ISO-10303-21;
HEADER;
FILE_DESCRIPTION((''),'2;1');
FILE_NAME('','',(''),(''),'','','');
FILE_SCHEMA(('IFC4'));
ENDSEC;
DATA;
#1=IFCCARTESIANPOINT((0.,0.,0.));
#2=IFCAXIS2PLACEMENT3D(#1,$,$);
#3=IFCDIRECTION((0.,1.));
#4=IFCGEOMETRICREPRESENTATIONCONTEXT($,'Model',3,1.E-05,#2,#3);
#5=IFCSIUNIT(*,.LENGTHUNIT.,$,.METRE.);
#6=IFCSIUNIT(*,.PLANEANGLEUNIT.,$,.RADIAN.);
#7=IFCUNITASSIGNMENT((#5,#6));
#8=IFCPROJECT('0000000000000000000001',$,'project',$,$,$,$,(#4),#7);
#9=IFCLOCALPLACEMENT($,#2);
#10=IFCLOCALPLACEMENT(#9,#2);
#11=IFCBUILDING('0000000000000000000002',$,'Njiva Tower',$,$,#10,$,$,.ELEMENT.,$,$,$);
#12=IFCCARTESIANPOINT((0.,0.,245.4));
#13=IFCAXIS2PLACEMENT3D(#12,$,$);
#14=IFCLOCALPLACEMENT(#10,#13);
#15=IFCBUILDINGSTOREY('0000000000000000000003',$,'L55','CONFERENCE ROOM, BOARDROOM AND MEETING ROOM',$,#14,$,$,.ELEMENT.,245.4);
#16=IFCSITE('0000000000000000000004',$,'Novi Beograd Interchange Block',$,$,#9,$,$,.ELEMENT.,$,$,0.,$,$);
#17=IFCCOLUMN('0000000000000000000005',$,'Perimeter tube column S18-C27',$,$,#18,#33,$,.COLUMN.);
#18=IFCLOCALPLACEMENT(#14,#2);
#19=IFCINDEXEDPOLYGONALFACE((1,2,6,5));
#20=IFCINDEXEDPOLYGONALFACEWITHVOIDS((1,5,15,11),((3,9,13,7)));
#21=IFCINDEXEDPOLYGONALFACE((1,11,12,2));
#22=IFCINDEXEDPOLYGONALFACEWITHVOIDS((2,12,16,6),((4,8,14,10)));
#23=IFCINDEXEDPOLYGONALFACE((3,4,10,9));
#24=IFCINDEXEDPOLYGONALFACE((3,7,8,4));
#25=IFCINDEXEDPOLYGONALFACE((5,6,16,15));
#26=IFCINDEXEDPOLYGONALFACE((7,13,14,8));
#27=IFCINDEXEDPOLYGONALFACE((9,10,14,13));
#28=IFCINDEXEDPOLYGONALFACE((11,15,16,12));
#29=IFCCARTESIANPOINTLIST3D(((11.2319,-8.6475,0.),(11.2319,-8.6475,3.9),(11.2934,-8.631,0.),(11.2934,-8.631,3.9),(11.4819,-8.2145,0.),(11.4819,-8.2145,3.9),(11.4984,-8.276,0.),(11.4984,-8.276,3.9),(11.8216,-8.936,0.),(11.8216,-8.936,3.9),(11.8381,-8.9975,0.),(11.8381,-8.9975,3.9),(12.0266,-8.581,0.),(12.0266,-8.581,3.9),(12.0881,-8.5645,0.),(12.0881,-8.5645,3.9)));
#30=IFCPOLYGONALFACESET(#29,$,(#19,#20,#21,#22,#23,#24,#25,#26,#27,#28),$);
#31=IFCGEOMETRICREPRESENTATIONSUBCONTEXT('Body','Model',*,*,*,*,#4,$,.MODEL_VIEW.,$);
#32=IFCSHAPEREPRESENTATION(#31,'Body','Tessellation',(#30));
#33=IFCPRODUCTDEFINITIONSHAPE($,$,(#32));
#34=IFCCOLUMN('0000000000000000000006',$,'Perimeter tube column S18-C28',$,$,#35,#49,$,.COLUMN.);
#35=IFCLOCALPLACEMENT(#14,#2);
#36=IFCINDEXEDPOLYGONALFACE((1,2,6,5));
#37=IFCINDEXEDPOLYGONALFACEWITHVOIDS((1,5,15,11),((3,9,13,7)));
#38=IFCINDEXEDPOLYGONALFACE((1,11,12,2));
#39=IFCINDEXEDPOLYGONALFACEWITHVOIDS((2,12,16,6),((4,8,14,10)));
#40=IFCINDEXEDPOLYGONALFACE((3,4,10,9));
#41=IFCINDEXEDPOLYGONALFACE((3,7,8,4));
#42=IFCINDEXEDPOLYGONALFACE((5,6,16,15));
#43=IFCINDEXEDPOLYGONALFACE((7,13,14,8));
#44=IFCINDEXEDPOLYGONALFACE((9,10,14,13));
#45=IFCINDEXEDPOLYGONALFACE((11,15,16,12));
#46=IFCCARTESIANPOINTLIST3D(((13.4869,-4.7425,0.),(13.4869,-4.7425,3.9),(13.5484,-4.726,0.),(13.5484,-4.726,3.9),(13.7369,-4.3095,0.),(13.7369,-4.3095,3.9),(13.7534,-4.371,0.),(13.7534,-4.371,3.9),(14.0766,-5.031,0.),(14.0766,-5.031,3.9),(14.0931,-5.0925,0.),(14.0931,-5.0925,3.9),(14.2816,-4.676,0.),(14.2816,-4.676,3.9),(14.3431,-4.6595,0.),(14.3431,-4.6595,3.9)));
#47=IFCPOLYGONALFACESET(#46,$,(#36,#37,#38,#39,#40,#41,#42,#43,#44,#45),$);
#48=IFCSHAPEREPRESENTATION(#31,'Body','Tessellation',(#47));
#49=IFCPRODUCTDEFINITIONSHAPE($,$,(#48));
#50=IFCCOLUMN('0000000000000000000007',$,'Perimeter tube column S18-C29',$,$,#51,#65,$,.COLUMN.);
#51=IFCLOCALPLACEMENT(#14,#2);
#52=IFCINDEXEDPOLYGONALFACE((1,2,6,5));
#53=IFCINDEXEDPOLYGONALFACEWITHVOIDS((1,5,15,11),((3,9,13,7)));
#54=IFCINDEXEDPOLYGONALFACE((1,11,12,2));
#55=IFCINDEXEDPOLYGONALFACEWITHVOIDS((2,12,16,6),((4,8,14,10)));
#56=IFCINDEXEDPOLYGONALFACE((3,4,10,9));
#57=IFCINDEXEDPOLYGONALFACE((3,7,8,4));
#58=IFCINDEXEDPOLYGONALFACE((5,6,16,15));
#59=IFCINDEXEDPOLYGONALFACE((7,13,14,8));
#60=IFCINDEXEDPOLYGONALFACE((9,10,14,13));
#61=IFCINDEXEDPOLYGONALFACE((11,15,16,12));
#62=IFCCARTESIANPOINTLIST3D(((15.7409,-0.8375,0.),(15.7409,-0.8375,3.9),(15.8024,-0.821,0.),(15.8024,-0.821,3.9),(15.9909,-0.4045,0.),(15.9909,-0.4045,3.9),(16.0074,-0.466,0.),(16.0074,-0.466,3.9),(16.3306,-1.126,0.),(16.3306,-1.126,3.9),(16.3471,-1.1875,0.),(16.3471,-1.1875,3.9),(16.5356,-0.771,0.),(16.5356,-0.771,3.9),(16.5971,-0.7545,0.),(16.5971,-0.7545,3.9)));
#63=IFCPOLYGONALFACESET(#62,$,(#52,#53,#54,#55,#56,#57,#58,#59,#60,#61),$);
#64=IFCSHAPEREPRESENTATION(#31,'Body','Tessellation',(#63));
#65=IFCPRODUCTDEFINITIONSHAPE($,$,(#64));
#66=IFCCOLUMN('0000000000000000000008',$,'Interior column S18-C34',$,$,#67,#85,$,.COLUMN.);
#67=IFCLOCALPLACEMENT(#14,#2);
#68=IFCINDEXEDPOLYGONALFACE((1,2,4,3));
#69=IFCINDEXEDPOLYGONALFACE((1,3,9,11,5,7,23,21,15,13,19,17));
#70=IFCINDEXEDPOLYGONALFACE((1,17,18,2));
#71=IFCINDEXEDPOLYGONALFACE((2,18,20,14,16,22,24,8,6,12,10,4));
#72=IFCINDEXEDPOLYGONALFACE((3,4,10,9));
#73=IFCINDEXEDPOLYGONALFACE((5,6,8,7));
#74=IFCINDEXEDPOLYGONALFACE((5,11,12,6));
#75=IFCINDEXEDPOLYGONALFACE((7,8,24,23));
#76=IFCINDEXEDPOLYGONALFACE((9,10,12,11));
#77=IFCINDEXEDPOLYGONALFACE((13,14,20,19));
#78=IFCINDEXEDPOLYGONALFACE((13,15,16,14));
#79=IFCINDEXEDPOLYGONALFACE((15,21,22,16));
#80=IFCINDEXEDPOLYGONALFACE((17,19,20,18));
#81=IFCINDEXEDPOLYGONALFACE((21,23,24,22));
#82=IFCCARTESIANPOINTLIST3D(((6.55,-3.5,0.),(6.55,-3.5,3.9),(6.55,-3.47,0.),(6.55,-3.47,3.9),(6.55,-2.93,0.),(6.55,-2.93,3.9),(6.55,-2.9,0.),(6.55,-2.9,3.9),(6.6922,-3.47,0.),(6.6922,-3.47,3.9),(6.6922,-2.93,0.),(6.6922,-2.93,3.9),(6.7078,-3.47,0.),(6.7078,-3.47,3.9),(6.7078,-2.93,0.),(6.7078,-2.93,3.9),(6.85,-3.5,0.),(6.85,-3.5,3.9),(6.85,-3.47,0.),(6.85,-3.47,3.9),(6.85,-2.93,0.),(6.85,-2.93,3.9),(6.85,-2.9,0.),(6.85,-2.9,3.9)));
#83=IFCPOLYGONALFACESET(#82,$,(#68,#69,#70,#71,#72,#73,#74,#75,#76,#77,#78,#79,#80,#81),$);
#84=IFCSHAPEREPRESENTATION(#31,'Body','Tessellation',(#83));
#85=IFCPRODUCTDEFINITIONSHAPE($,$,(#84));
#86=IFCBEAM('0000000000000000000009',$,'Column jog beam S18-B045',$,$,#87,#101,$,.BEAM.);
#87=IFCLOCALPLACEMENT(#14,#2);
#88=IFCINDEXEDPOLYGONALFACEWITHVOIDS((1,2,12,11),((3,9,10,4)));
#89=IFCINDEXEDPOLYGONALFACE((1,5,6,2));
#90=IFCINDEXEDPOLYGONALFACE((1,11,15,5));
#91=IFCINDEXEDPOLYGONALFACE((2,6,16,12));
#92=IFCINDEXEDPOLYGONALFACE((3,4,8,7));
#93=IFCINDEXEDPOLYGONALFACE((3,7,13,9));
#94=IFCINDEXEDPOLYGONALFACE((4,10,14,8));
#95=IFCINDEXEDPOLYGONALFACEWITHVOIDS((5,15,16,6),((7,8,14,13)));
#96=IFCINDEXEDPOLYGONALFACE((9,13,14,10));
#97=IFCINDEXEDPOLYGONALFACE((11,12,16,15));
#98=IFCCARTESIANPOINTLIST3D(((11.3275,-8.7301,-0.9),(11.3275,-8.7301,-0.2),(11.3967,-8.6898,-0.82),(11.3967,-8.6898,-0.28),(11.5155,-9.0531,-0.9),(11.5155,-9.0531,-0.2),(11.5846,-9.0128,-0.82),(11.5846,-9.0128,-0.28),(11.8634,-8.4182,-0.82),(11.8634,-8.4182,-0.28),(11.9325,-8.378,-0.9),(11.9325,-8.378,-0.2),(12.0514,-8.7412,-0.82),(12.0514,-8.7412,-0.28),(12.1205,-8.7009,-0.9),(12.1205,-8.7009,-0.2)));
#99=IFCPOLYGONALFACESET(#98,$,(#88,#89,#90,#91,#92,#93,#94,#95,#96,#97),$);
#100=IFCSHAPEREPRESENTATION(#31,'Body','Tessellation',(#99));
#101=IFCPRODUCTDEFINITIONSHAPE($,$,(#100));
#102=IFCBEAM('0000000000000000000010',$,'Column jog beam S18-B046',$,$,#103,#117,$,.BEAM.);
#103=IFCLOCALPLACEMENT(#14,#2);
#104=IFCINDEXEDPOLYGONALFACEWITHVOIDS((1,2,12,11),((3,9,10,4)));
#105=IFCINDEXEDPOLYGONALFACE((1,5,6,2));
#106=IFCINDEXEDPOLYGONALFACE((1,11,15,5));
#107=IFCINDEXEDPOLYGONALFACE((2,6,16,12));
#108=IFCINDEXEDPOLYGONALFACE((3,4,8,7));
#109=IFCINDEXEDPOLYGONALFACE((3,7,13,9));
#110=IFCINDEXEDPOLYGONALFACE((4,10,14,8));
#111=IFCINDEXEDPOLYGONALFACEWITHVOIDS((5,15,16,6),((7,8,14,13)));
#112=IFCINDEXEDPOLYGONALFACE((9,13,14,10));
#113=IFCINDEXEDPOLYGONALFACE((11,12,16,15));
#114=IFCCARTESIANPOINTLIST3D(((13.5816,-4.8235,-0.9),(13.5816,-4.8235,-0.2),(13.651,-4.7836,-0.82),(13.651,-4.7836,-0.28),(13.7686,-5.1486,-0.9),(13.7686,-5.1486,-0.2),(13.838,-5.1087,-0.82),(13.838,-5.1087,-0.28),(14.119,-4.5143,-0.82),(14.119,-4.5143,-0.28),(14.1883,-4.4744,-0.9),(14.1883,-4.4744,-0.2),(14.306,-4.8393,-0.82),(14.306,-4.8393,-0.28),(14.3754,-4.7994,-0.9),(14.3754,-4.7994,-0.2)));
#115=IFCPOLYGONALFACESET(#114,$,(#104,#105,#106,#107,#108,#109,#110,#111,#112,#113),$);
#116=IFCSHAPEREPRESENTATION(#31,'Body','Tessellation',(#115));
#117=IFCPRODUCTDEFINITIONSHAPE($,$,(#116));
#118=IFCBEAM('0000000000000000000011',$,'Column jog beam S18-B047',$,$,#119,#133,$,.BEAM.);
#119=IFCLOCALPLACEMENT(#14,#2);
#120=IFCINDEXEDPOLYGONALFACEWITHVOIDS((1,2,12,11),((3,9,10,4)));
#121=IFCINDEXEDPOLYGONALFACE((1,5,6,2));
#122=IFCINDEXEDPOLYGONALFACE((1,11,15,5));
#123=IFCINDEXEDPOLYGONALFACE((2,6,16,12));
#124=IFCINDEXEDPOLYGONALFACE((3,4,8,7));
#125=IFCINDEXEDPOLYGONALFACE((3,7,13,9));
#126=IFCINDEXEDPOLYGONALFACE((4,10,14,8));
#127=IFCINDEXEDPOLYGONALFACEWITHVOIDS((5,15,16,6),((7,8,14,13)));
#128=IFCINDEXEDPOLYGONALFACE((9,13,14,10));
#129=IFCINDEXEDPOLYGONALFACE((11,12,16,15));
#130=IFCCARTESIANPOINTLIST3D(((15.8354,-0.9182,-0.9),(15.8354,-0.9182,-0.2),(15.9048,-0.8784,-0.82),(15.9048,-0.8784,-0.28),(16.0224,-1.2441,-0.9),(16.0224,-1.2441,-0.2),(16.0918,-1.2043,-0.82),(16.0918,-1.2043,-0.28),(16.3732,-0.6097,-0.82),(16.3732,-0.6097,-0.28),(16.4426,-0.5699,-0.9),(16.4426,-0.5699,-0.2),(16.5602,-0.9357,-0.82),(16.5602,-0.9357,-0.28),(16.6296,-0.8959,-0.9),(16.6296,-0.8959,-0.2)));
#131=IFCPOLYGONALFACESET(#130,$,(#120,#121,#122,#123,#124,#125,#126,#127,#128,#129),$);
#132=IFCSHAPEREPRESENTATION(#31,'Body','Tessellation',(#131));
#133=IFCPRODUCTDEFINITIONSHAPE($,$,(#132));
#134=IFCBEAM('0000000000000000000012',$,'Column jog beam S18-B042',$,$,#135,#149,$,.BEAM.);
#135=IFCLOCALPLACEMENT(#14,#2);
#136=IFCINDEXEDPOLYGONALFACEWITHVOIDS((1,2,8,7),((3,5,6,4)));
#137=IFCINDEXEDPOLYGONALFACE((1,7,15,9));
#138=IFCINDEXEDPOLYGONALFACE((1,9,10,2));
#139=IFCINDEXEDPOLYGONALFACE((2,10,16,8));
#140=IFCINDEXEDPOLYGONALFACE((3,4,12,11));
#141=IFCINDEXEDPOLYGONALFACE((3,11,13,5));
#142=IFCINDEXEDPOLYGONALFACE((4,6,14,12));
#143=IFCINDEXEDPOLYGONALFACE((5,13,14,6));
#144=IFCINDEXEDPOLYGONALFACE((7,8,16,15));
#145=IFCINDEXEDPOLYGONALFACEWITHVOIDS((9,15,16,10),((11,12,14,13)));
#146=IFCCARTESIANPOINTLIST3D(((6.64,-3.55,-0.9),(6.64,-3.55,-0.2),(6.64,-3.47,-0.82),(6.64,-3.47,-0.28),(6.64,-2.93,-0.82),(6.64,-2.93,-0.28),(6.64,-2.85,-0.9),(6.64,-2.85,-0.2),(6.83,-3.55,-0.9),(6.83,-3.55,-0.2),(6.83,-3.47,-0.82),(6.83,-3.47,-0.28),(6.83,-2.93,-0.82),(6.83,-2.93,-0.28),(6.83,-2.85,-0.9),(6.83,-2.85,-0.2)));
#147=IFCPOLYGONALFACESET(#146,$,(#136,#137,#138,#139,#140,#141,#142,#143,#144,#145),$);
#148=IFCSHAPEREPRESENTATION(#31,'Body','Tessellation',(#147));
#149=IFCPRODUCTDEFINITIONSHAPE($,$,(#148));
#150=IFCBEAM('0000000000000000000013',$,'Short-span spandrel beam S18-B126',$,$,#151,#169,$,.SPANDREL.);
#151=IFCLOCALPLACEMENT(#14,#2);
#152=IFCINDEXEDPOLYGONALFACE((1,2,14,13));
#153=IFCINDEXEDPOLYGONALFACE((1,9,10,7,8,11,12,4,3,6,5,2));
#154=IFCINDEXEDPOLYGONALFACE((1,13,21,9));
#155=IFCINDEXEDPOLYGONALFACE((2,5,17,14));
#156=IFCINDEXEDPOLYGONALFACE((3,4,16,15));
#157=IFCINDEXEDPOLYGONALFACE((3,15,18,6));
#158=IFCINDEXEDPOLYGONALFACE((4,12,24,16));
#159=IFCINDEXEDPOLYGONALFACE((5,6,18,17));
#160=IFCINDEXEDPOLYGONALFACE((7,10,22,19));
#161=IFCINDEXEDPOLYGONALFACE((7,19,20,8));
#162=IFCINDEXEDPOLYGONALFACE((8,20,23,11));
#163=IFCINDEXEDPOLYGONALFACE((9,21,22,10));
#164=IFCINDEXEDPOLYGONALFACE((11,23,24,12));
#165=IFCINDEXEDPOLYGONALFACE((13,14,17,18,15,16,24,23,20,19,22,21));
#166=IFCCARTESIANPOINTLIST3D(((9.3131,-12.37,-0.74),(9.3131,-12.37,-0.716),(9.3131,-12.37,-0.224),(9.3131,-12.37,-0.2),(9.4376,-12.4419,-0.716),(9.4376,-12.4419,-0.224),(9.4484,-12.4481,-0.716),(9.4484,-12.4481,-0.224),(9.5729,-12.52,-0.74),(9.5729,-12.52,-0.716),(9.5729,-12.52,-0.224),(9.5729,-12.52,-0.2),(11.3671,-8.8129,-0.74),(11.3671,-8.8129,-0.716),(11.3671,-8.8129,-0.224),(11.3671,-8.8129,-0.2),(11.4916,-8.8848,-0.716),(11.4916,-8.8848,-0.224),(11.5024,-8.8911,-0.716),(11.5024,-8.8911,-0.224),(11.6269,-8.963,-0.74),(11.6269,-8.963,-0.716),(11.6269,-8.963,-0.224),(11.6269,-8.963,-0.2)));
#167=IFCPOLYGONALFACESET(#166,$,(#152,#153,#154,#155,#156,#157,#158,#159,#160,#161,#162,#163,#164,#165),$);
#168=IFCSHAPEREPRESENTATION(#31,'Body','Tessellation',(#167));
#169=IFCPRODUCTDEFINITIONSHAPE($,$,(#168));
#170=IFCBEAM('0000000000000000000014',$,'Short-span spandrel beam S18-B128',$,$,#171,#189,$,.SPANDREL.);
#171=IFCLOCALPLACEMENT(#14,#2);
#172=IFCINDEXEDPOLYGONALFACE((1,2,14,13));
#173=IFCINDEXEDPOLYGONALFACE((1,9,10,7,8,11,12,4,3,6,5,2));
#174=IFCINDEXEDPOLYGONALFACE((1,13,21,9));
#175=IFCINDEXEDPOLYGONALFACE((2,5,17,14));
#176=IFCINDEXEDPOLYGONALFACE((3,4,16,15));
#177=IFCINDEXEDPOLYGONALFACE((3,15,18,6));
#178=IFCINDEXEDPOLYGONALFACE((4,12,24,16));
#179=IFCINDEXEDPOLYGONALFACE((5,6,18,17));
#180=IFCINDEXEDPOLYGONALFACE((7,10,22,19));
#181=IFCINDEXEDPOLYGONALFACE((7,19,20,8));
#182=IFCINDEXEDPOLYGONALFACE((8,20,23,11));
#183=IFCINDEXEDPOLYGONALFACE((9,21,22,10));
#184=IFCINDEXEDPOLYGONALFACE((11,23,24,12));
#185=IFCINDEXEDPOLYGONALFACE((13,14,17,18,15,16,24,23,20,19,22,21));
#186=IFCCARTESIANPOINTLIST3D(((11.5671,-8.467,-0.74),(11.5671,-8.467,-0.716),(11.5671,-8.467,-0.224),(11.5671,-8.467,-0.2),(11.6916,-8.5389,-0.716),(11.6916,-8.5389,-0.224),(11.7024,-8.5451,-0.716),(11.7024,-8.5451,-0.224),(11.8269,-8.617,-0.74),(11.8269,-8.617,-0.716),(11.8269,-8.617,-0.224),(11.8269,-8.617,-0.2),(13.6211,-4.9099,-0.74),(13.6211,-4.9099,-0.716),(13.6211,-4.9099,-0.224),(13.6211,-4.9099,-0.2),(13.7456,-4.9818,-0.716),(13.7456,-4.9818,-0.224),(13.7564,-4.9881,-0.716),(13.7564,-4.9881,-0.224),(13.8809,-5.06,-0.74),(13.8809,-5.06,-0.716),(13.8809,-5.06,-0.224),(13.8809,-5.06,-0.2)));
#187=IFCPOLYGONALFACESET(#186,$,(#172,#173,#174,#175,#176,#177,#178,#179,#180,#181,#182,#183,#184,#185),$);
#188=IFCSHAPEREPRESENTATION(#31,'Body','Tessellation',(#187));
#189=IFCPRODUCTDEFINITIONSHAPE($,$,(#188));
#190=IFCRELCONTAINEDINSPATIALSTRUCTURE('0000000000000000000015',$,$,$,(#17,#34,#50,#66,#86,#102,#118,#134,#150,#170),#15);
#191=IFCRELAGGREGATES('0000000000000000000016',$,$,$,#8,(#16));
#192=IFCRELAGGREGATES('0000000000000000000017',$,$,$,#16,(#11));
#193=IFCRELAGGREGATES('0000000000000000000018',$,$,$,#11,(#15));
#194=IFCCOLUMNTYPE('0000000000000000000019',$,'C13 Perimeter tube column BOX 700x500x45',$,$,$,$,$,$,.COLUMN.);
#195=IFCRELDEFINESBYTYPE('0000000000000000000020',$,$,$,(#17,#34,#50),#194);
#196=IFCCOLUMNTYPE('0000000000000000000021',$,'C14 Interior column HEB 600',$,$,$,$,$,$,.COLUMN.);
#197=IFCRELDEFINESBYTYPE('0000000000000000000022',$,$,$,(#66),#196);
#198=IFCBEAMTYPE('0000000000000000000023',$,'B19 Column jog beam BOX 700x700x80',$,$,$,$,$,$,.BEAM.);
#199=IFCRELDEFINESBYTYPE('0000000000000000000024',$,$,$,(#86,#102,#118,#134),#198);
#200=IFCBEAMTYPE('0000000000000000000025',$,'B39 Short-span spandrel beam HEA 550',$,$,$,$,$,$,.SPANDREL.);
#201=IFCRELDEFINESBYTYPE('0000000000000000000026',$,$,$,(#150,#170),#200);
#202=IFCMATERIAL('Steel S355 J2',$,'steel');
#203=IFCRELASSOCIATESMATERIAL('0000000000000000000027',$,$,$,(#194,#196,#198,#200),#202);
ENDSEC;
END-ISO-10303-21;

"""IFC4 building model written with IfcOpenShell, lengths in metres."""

from ifc_helpers import new_model, si_unit, direction, frame, origin, origin_2d, place, context, subcontext, project, spatial, hollow_rectangle, i_section, extrude, material, material_profile, profile_set, type_object, element, save


model = new_model("IFC4")

# Units and contexts
model_context = context("Model", 3, precision=1e-05, world=origin(), true_north=direction((0.0, 1.0)))
body_context = subcontext(model_context, "Body", "Model", "MODEL_VIEW")
ifc_project = project(units=[si_unit("LENGTHUNIT", "METRE"), si_unit("PLANEANGLEUNIT", "RADIAN")], contexts=[model_context])

# Site, building, storey
site_placement = place(None, origin())
site = spatial("IfcSite", under=ifc_project, at=site_placement, Name="Novi Beograd Interchange Block", CompositionType="ELEMENT", RefElevation=0.0)
building_placement = place(site_placement, origin())
building = spatial("IfcBuilding", under=site, at=building_placement, Name="Njiva Tower", CompositionType="ELEMENT")
storey_placement = place(building_placement, frame((0.0, 0.0, 245.4)))
storey = spatial("IfcBuildingStorey", under=building, at=storey_placement, Name="L55", Description="CONFERENCE ROOM, BOARDROOM AND MEETING ROOM", CompositionType="ELEMENT", Elevation=245.4)

# Columns
ifc_material_1 = material(Name="Steel S355 J2", Category="steel")
ifc_material_profile_1 = material_profile(ifc_material_1, hollow_rectangle(XDim=0.5, YDim=0.7, WallThickness=0.045, at=origin_2d()), Name="BOX 700x500x45")
ifc_profile_set_1 = profile_set([ifc_material_profile_1], Name="Steel S355 J2")
column_type_1 = type_object("IfcColumnType", Name="C13 Perimeter tube column BOX 700x500x45", PredefinedType="COLUMN", material=ifc_profile_set_1)
for number, where, z_axis, x_axis, name in (
    (1, (11.66, -8.606, 0.0), (0.0, 0.0, 1.0), (0.5, 0.866025, 0.0), "Perimeter tube column S18-C27"),
    (2, (13.915, -4.701, 0.0), (0.0, 0.0, 1.0), (0.5, 0.866025, 0.0), "Perimeter tube column S18-C28"),
    (3, (16.169, -0.796, 0.0), (0.0, 0.0, 1.0), (0.5, 0.866025, 0.0), "Perimeter tube column S18-C29"),
):
    element("IfcColumn", number, at=place(storey_placement, frame(where, z_axis=z_axis, x_axis=x_axis)), inside=storey, type_object=column_type_1, Name=name, PredefinedType="COLUMN", context=body_context, shape_type="SweptSolid", body=[
        extrude(hollow_rectangle(XDim=0.5, YDim=0.7, WallThickness=0.045, at=origin_2d()), origin(), (0.0, 0.0, 1.0), 3.9),
    ])
ifc_material_profile_2 = material_profile(ifc_material_1, i_section(OverallWidth=0.3, OverallDepth=0.6, WebThickness=0.0155, FlangeThickness=0.03, at=origin_2d()), Name="HEB 600")
ifc_profile_set_2 = profile_set([ifc_material_profile_2], Name="Steel S355 J2")
column_type_2 = type_object("IfcColumnType", Name="C14 Interior column HEB 600", PredefinedType="COLUMN", material=ifc_profile_set_2)
column_placement = place(storey_placement, frame((6.7, -3.2, 0.0), z_axis=(0.0, 0.0, 1.0), x_axis=(1.0, 0.0, 0.0)))
element("IfcColumn", 4, at=column_placement, inside=storey, type_object=column_type_2, Name="Interior column S18-C34", PredefinedType="COLUMN", context=body_context, shape_type="SweptSolid", body=[
    extrude(i_section(OverallWidth=0.3, OverallDepth=0.6, WebThickness=0.0155, FlangeThickness=0.03, at=origin_2d()), origin(), (0.0, 0.0, 1.0), 3.9),
])

# Beams
ifc_material_profile_3 = material_profile(ifc_material_1, hollow_rectangle(XDim=0.7, YDim=0.7, WallThickness=0.08, at=origin_2d()), Name="BOX 700x700x80")
ifc_profile_set_3 = profile_set([ifc_material_profile_3], Name="Steel S355 J2")
beam_type_1 = type_object("IfcBeamType", Name="B19 Column jog beam BOX 700x700x80", PredefinedType="BEAM", material=ifc_profile_set_3)
beam_1_placement = place(storey_placement, frame((11.818, -8.877, -0.55), z_axis=(-0.503039, 0.864264, 0.0), x_axis=(-0.864264, -0.503039, 0.0)))
element("IfcBeam", 5, at=beam_1_placement, inside=storey, type_object=beam_type_1, Name="Column jog beam S18-B045", PredefinedType="BEAM", context=body_context, shape_type="SweptSolid", body=[
    extrude(hollow_rectangle(XDim=0.7, YDim=0.7, WallThickness=0.08, at=origin_2d()), origin(), (0.0, 0.0, 1.0), 0.3737),
])
beam_2_placement = place(storey_placement, frame((14.072, -4.974, -0.55), z_axis=(-0.498722, 0.866762, 0.0), x_axis=(-0.866762, -0.498722, 0.0)))
element("IfcBeam", 6, at=beam_2_placement, inside=storey, type_object=beam_type_1, Name="Column jog beam S18-B046", PredefinedType="BEAM", context=body_context, shape_type="SweptSolid", body=[
    extrude(hollow_rectangle(XDim=0.7, YDim=0.7, WallThickness=0.08, at=origin_2d()), origin(), (0.0, 0.0, 1.0), 0.375),
])
beam_3_placement = place(storey_placement, frame((16.326, -1.07, -0.55), z_axis=(-0.497571, 0.867423, 0.0), x_axis=(-0.867423, -0.497571, 0.0)))
element("IfcBeam", 7, at=beam_3_placement, inside=storey, type_object=beam_type_1, Name="Column jog beam S18-B047", PredefinedType="BEAM", context=body_context, shape_type="SweptSolid", body=[
    extrude(hollow_rectangle(XDim=0.7, YDim=0.7, WallThickness=0.08, at=origin_2d()), origin(), (0.0, 0.0, 1.0), 0.3758),
])
beam_4_placement = place(storey_placement, frame((6.83, -3.2, -0.55), z_axis=(-1.0, 0.0, 0.0), x_axis=(0.0, -1.0, 0.0)))
element("IfcBeam", 8, at=beam_4_placement, inside=storey, type_object=beam_type_1, Name="Column jog beam S18-B042", PredefinedType="BEAM", context=body_context, shape_type="SweptSolid", body=[
    extrude(hollow_rectangle(XDim=0.7, YDim=0.7, WallThickness=0.08, at=origin_2d()), origin(), (0.0, 0.0, 1.0), 0.19),
])
ifc_material_profile_4 = material_profile(ifc_material_1, i_section(OverallWidth=0.3, OverallDepth=0.54, WebThickness=0.0125, FlangeThickness=0.024, at=origin_2d()), Name="HEA 550")
ifc_profile_set_4 = profile_set([ifc_material_profile_4], Name="Steel S355 J2")
beam_type_2 = type_object("IfcBeamType", Name="B39 Short-span spandrel beam HEA 550", PredefinedType="SPANDREL", material=ifc_profile_set_4)
for number, where, z_axis, x_axis, name in (
    (9, (9.443, -12.445, -0.47), (0.500067, 0.865987, 0.0), (-0.865987, 0.500067, 0.0), "Short-span spandrel beam S18-B126"),
    (10, (11.697, -8.542, -0.47), (0.500067, 0.865987, 0.0), (-0.865987, 0.500067, 0.0), "Short-span spandrel beam S18-B128"),
):
    element("IfcBeam", number, at=place(storey_placement, frame(where, z_axis=z_axis, x_axis=x_axis)), inside=storey, type_object=beam_type_2, Name=name, PredefinedType="SPANDREL", context=body_context, shape_type="SweptSolid", body=[
        extrude(i_section(OverallWidth=0.3, OverallDepth=0.54, WebThickness=0.0125, FlangeThickness=0.024, at=origin_2d()), origin(), (0.0, 0.0, 1.0), 4.1075),
    ])

save(model, "model.ifc")
